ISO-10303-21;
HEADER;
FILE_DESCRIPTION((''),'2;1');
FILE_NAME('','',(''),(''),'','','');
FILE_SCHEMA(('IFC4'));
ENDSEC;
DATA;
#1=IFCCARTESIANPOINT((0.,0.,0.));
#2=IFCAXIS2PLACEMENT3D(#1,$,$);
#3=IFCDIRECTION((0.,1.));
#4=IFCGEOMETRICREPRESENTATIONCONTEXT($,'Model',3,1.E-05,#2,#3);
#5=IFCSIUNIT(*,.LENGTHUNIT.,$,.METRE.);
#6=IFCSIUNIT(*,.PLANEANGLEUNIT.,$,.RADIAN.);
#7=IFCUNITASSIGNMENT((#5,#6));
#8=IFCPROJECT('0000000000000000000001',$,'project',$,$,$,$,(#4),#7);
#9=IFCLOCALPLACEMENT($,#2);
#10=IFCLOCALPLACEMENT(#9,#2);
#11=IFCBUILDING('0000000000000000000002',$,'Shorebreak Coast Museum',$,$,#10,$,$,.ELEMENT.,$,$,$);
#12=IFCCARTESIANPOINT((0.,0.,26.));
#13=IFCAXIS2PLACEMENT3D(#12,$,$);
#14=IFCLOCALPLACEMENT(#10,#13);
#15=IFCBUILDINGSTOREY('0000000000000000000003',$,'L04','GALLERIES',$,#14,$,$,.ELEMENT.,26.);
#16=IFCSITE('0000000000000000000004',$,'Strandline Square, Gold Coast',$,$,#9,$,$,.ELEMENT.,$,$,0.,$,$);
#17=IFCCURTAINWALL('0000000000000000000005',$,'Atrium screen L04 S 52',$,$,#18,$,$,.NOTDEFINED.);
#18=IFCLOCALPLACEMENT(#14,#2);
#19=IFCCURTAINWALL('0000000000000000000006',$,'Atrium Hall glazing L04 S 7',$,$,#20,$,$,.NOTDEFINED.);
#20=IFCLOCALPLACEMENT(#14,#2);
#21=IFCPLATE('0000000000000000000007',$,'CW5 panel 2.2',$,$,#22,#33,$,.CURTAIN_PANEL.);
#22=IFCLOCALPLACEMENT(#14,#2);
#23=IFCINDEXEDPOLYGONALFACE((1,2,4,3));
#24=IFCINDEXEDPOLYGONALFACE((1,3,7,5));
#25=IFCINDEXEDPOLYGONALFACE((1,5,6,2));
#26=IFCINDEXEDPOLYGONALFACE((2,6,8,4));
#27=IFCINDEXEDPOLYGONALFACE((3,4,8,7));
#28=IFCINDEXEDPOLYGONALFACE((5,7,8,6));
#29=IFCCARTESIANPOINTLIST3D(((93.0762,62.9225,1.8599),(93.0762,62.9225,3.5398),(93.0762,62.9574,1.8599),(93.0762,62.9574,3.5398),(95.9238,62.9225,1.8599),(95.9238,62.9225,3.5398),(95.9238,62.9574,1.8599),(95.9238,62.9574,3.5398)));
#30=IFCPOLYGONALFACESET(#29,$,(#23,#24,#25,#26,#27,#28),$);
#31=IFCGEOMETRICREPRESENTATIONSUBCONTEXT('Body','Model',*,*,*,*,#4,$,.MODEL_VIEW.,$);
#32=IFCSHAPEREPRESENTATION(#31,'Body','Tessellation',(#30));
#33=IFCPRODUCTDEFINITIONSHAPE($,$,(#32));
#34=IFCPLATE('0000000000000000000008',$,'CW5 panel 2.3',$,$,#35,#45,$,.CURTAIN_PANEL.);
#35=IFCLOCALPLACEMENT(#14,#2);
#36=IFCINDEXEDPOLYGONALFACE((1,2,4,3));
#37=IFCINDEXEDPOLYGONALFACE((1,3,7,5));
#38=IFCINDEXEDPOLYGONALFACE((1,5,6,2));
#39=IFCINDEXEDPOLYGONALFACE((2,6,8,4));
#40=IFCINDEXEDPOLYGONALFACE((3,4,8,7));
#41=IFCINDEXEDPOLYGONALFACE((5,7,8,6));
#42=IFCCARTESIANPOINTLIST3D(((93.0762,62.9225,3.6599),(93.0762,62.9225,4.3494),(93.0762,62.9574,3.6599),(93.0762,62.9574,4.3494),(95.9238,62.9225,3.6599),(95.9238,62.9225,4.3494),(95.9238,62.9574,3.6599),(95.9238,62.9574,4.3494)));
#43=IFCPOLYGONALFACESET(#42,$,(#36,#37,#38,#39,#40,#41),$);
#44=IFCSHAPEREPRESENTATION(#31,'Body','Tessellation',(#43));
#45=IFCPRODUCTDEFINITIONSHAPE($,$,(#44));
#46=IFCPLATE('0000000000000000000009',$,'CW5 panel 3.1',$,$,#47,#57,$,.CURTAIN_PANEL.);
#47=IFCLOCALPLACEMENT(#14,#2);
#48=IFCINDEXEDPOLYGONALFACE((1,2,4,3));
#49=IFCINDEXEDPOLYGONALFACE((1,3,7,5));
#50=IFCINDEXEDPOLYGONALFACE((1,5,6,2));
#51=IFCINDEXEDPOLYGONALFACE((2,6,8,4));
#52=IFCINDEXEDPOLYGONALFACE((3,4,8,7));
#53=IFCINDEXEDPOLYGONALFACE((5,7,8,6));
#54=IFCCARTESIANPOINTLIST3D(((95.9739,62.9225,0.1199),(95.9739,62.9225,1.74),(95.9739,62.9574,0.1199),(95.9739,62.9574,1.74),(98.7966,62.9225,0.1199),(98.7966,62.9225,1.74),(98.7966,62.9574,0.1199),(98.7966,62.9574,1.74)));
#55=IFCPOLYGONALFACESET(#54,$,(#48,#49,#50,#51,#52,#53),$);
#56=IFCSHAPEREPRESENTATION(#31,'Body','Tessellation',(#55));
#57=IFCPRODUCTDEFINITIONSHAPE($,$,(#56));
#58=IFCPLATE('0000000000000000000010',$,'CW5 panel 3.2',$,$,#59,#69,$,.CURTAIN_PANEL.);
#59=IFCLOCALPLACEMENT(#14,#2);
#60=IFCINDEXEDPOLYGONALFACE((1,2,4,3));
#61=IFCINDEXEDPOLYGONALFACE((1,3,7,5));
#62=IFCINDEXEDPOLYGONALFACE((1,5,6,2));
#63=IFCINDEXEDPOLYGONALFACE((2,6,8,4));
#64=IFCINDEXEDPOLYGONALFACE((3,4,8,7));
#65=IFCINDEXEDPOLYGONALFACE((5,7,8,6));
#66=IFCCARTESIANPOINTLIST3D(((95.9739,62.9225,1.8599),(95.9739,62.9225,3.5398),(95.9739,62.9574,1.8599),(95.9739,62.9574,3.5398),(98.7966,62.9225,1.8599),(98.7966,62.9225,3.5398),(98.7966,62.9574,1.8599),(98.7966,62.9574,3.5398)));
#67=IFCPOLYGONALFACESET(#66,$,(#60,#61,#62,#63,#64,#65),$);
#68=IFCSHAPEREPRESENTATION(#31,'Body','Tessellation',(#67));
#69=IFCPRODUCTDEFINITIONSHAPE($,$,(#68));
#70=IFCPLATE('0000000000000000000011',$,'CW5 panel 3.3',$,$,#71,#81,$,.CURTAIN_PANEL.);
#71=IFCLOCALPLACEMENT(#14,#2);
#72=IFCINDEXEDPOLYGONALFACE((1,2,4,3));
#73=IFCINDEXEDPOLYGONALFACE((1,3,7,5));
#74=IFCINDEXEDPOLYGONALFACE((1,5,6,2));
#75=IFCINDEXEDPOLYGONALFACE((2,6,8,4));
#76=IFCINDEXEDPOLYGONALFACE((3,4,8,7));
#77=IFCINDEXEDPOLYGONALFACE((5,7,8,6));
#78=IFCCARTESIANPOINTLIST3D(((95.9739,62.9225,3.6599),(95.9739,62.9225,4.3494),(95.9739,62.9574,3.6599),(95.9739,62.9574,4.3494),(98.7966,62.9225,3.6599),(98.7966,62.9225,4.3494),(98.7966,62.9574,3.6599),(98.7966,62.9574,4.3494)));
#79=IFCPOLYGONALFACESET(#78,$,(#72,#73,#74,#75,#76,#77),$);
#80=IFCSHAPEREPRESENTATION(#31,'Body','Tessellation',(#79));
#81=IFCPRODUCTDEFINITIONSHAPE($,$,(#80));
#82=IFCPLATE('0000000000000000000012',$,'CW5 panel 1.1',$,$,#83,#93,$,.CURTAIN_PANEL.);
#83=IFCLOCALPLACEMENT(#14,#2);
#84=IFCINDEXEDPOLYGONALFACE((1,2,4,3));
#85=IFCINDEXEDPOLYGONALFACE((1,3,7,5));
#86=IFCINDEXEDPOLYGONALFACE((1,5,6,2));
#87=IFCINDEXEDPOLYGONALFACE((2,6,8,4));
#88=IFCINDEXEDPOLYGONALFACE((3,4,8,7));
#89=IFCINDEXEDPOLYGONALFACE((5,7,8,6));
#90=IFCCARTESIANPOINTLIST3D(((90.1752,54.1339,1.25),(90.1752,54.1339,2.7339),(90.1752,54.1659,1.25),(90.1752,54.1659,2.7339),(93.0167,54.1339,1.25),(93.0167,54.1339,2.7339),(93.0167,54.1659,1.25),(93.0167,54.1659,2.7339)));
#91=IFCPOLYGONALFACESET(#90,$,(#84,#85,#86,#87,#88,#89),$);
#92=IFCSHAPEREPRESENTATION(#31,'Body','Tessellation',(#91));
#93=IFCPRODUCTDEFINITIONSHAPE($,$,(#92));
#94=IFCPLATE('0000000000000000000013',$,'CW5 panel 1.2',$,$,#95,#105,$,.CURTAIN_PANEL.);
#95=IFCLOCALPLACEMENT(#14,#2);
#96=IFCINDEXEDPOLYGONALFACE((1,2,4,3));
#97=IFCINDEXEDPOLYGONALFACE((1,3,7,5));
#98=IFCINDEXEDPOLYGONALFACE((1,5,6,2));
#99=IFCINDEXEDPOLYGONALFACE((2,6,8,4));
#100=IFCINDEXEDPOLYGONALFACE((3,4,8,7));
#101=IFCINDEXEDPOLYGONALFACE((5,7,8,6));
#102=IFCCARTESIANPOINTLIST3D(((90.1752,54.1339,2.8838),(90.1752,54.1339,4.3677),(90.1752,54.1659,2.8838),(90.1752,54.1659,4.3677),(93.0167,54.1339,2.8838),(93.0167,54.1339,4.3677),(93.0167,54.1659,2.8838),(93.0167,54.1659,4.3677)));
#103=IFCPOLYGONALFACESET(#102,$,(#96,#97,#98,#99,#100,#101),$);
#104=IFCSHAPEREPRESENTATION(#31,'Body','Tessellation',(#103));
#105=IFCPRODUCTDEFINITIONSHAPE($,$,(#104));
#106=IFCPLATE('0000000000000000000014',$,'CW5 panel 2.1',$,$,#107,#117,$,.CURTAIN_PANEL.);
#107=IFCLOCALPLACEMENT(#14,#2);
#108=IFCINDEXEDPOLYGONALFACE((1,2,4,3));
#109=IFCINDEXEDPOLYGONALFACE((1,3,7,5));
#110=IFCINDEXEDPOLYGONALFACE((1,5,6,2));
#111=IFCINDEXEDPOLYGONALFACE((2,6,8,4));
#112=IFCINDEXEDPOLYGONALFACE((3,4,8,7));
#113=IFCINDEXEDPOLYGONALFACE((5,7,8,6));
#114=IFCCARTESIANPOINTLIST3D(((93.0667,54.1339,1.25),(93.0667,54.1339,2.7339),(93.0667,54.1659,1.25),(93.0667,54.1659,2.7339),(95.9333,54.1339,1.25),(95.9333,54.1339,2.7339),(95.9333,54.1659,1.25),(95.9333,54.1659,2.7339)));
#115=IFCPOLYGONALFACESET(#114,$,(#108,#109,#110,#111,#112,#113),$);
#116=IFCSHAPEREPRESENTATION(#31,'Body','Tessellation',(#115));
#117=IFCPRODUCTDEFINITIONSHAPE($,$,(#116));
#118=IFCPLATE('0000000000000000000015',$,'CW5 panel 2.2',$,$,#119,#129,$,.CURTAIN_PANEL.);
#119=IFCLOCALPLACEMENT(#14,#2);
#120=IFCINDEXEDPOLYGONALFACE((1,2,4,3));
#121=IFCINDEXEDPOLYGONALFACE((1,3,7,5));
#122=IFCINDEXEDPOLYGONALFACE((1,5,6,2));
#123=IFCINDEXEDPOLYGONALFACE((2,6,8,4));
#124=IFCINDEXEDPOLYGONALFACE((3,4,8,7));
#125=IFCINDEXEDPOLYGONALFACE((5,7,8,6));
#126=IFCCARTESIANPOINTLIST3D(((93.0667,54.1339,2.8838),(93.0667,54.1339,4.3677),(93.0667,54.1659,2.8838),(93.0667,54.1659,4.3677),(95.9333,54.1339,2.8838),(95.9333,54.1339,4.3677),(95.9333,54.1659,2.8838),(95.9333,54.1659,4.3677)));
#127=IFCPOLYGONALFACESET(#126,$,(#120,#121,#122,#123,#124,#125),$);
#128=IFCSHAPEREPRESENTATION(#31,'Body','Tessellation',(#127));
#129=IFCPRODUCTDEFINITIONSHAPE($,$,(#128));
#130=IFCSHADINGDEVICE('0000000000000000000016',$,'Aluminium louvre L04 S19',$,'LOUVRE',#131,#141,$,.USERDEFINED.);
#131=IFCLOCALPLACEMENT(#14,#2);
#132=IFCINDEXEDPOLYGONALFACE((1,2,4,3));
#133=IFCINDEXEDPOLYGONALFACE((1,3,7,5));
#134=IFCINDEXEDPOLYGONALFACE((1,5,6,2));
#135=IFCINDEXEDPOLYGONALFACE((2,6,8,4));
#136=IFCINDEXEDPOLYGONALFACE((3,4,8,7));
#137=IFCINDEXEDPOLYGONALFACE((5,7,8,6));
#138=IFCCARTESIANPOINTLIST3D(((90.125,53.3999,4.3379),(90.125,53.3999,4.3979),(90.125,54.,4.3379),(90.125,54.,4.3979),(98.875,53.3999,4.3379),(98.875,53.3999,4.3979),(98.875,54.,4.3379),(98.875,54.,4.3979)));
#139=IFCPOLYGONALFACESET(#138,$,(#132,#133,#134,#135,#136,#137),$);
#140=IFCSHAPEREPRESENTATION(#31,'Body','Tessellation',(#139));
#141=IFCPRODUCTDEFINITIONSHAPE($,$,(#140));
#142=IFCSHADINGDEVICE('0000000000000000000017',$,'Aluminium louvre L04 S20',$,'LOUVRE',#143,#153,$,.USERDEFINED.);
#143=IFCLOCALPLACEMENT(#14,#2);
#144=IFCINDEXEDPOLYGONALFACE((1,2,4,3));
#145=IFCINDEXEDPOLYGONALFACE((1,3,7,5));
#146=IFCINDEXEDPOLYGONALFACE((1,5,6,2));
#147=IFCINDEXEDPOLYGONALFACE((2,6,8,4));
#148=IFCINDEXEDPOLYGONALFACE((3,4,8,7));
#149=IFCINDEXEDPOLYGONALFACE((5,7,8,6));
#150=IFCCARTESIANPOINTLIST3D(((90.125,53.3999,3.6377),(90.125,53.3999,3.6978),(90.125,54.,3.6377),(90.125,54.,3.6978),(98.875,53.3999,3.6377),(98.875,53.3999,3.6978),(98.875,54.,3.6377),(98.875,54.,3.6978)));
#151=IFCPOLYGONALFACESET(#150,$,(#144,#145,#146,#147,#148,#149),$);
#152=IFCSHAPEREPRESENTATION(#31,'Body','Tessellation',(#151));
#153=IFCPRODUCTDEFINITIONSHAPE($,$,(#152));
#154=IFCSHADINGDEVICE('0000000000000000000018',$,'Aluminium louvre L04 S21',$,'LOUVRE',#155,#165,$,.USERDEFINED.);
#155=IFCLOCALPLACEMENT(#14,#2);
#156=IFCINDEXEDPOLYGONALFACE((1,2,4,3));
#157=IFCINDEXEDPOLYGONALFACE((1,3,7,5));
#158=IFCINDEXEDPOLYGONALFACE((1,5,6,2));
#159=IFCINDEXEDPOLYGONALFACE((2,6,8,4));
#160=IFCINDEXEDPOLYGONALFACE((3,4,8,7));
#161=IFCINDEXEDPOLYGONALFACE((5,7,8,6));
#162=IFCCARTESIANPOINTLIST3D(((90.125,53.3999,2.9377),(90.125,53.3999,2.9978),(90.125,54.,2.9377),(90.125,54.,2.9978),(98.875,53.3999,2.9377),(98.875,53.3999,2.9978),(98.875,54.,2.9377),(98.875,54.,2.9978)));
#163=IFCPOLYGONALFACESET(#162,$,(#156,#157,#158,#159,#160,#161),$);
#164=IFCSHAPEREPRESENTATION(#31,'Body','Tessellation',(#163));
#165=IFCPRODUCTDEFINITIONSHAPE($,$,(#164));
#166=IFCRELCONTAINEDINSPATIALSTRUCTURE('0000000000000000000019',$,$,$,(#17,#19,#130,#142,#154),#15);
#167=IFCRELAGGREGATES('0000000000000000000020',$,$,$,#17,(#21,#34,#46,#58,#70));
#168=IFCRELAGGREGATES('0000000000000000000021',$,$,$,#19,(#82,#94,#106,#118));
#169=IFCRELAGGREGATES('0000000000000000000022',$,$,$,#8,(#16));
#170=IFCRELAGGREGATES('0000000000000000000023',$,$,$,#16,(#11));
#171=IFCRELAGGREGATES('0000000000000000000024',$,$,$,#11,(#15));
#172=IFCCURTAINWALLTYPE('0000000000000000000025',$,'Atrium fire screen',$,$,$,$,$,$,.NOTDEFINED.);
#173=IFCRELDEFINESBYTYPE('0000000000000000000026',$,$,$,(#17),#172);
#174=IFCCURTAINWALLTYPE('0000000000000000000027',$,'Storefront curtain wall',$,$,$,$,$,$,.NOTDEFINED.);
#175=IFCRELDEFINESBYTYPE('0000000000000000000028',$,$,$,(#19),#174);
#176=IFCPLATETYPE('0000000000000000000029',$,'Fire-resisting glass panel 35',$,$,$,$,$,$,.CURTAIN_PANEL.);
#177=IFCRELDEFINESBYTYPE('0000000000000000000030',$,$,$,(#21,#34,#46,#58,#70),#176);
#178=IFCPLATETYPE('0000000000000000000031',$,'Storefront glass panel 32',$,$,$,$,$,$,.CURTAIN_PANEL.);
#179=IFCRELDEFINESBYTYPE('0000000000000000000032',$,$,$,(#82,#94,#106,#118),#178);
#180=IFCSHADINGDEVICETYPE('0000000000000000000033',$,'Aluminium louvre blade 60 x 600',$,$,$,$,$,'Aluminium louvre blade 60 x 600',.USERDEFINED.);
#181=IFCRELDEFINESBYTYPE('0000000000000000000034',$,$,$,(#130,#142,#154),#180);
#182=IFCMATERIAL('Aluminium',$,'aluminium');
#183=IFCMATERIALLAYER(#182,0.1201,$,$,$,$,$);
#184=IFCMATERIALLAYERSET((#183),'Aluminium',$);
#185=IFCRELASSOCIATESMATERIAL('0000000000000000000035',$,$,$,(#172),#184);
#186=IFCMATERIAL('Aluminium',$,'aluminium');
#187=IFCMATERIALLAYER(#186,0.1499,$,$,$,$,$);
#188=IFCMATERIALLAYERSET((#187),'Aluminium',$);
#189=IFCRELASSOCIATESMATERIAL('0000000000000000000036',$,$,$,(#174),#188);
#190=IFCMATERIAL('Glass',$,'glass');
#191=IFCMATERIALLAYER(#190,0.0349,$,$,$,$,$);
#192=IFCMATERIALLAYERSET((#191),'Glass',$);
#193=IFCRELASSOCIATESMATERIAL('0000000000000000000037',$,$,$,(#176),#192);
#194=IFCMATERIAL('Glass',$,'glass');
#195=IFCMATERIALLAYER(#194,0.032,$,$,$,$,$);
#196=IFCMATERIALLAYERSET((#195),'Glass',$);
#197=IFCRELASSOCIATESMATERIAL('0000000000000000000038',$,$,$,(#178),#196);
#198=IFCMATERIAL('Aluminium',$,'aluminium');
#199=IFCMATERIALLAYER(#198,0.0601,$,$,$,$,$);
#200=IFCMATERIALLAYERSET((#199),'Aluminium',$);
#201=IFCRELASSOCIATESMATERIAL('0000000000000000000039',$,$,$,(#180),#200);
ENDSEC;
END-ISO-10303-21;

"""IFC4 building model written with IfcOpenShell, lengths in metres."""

from ifc_helpers import new_model, si_unit, direction, frame, origin, origin_2d, place, context, subcontext, project, spatial, rectangle, extrude, material, layer, layer_set, type_object, element, aggregate, save


model = new_model("IFC4")

# Units and contexts
model_context = context("Model", 3, precision=1e-05, world=origin(), true_north=direction((0.0, 1.0)))
body_context = subcontext(model_context, "Body", "Model", "MODEL_VIEW")
ifc_project = project(units=[si_unit("LENGTHUNIT", "METRE"), si_unit("PLANEANGLEUNIT", "RADIAN")], contexts=[model_context])

# Site, building, storey
site_placement = place(None, origin())
site = spatial("IfcSite", under=ifc_project, at=site_placement, Name="Strandline Square, Gold Coast", CompositionType="ELEMENT", RefElevation=0.0)
building_placement = place(site_placement, origin())
building = spatial("IfcBuilding", under=site, at=building_placement, Name="Shorebreak Coast Museum", CompositionType="ELEMENT")
storey_placement = place(building_placement, frame((0.0, 0.0, 26.0)))
storey = spatial("IfcBuildingStorey", under=building, at=storey_placement, Name="L04", Description="GALLERIES", CompositionType="ELEMENT", Elevation=26.0)

# Curtain walls
ifc_material_1 = material(Name="Aluminium", Category="aluminium")
ifc_layer_1 = layer(ifc_material_1, 0.1201)
ifc_layer_set_1 = layer_set([ifc_layer_1], Name="Aluminium")
curtain_wall_type_1 = type_object("IfcCurtainWallType", Name="Atrium fire screen", PredefinedType="NOTDEFINED", material=ifc_layer_set_1)
curtain_wall_1_placement = place(storey_placement, origin())
curtain_wall_1 = element("IfcCurtainWall", 1, at=curtain_wall_1_placement, inside=storey, type_object=curtain_wall_type_1, Name="Atrium screen L04 S 52", PredefinedType="NOTDEFINED")
ifc_material_2 = material(Name="Aluminium", Category="aluminium")
ifc_layer_2 = layer(ifc_material_2, 0.1499)
ifc_layer_set_2 = layer_set([ifc_layer_2], Name="Aluminium")
curtain_wall_type_2 = type_object("IfcCurtainWallType", Name="Storefront curtain wall", PredefinedType="NOTDEFINED", material=ifc_layer_set_2)
curtain_wall_2_placement = place(storey_placement, origin())
curtain_wall_2 = element("IfcCurtainWall", 2, at=curtain_wall_2_placement, inside=storey, type_object=curtain_wall_type_2, Name="Atrium Hall glazing L04 S 7", PredefinedType="NOTDEFINED")

# Plates
ifc_material_3 = material(Name="Glass", Category="glass")
ifc_layer_3 = layer(ifc_material_3, 0.0349)
ifc_layer_set_3 = layer_set([ifc_layer_3], Name="Glass")
plate_type_1 = type_object("IfcPlateType", Name="Fire-resisting glass panel 35", PredefinedType="CURTAIN_PANEL", material=ifc_layer_set_3)
plate_1_placement = place(storey_placement, frame((94.5, 62.9399, 1.8599), z_axis=(0.0, 0.0, 1.0), x_axis=(1.0, 0.0, 0.0)))
plate_1 = element("IfcPlate", 3, at=plate_1_placement, type_object=plate_type_1, Name="CW5 panel 2.2", PredefinedType="CURTAIN_PANEL", context=body_context, shape_type="SweptSolid", body=[
    extrude(rectangle(XDim=2.8477, YDim=0.0349, at=origin_2d()), origin(), (0.0, 0.0, 1.0), 1.6799),
])
plate_2_placement = place(storey_placement, frame((94.5, 62.9399, 3.6599), z_axis=(0.0, 0.0, 1.0), x_axis=(1.0, 0.0, 0.0)))
plate_2 = element("IfcPlate", 4, at=plate_2_placement, type_object=plate_type_1, Name="CW5 panel 2.3", PredefinedType="CURTAIN_PANEL", context=body_context, shape_type="SweptSolid", body=[
    extrude(rectangle(XDim=2.8477, YDim=0.0349, at=origin_2d()), origin(), (0.0, 0.0, 1.0), 0.6895),
])
plate_3_placement = place(storey_placement, frame((97.3853, 62.9399, 0.1199), z_axis=(0.0, 0.0, 1.0), x_axis=(1.0, 0.0, 0.0)))
plate_3 = element("IfcPlate", 5, at=plate_3_placement, type_object=plate_type_1, Name="CW5 panel 3.1", PredefinedType="CURTAIN_PANEL", context=body_context, shape_type="SweptSolid", body=[
    extrude(rectangle(XDim=2.8228, YDim=0.0349, at=origin_2d()), origin(), (0.0, 0.0, 1.0), 1.6201),
])
plate_4_placement = place(storey_placement, frame((97.3853, 62.9399, 1.8599), z_axis=(0.0, 0.0, 1.0), x_axis=(1.0, 0.0, 0.0)))
plate_4 = element("IfcPlate", 6, at=plate_4_placement, type_object=plate_type_1, Name="CW5 panel 3.2", PredefinedType="CURTAIN_PANEL", context=body_context, shape_type="SweptSolid", body=[
    extrude(rectangle(XDim=2.8228, YDim=0.0349, at=origin_2d()), origin(), (0.0, 0.0, 1.0), 1.6799),
])
plate_5_placement = place(storey_placement, frame((97.3853, 62.9399, 3.6599), z_axis=(0.0, 0.0, 1.0), x_axis=(1.0, 0.0, 0.0)))
plate_5 = element("IfcPlate", 7, at=plate_5_placement, type_object=plate_type_1, Name="CW5 panel 3.3", PredefinedType="CURTAIN_PANEL", context=body_context, shape_type="SweptSolid", body=[
    extrude(rectangle(XDim=2.8228, YDim=0.0349, at=origin_2d()), origin(), (0.0, 0.0, 1.0), 0.6895),
])
aggregate(curtain_wall_1, [plate_1, plate_2, plate_3, plate_4, plate_5])
ifc_material_4 = material(Name="Glass", Category="glass")
ifc_layer_4 = layer(ifc_material_4, 0.032)
ifc_layer_set_4 = layer_set([ifc_layer_4], Name="Glass")
plate_type_2 = type_object("IfcPlateType", Name="Storefront glass panel 32", PredefinedType="CURTAIN_PANEL", material=ifc_layer_set_4)
plate_6_placement = place(storey_placement, frame((91.5959, 54.1499, 1.25), z_axis=(0.0, 0.0, 1.0), x_axis=(1.0, 0.0, 0.0)))
plate_6 = element("IfcPlate", 8, at=plate_6_placement, type_object=plate_type_2, Name="CW5 panel 1.1", PredefinedType="CURTAIN_PANEL", context=body_context, shape_type="SweptSolid", body=[
    extrude(rectangle(XDim=2.8416, YDim=0.032, at=origin_2d()), origin(), (0.0, 0.0, 1.0), 1.4839),
])
plate_7_placement = place(storey_placement, frame((91.5959, 54.1499, 2.8838), z_axis=(0.0, 0.0, 1.0), x_axis=(1.0, 0.0, 0.0)))
plate_7 = element("IfcPlate", 9, at=plate_7_placement, type_object=plate_type_2, Name="CW5 panel 1.2", PredefinedType="CURTAIN_PANEL", context=body_context, shape_type="SweptSolid", body=[
    extrude(rectangle(XDim=2.8416, YDim=0.032, at=origin_2d()), origin(), (0.0, 0.0, 1.0), 1.4839),
])
plate_8_placement = place(storey_placement, frame((94.5, 54.1499, 1.25), z_axis=(0.0, 0.0, 1.0), x_axis=(1.0, 0.0, 0.0)))
plate_8 = element("IfcPlate", 10, at=plate_8_placement, type_object=plate_type_2, Name="CW5 panel 2.1", PredefinedType="CURTAIN_PANEL", context=body_context, shape_type="SweptSolid", body=[
    extrude(rectangle(XDim=2.8667, YDim=0.032, at=origin_2d()), origin(), (0.0, 0.0, 1.0), 1.4839),
])
plate_9_placement = place(storey_placement, frame((94.5, 54.1499, 2.8838), z_axis=(0.0, 0.0, 1.0), x_axis=(1.0, 0.0, 0.0)))
plate_9 = element("IfcPlate", 11, at=plate_9_placement, type_object=plate_type_2, Name="CW5 panel 2.2", PredefinedType="CURTAIN_PANEL", context=body_context, shape_type="SweptSolid", body=[
    extrude(rectangle(XDim=2.8667, YDim=0.032, at=origin_2d()), origin(), (0.0, 0.0, 1.0), 1.4839),
])
aggregate(curtain_wall_2, [plate_6, plate_7, plate_8, plate_9])

# Shading devices
ifc_material_5 = material(Name="Aluminium", Category="aluminium")
ifc_layer_5 = layer(ifc_material_5, 0.0601)
ifc_layer_set_5 = layer_set([ifc_layer_5], Name="Aluminium")
shading_device_type = type_object("IfcShadingDeviceType", Name="Aluminium louvre blade 60 x 600", ElementType="Aluminium louvre blade 60 x 600", PredefinedType="USERDEFINED", material=ifc_layer_set_5)
for number, where, z_axis, x_axis, name in (
    (12, (94.5, 53.7, 4.3379), (0.0, 0.0, 1.0), (1.0, 0.0, 0.0), "Aluminium louvre L04 S19"),
    (13, (94.5, 53.7, 3.6377), (0.0, 0.0, 1.0), (1.0, 0.0, 0.0), "Aluminium louvre L04 S20"),
    (14, (94.5, 53.7, 2.9377), (0.0, 0.0, 1.0), (1.0, 0.0, 0.0), "Aluminium louvre L04 S21"),
):
    element("IfcShadingDevice", number, at=place(storey_placement, frame(where, z_axis=z_axis, x_axis=x_axis)), inside=storey, type_object=shading_device_type, Name=name, ObjectType="LOUVRE", PredefinedType="USERDEFINED", context=body_context, shape_type="SweptSolid", body=[
        extrude(rectangle(XDim=8.75, YDim=0.6001, at=origin_2d()), origin(), (0.0, 0.0, 1.0), 0.0601),
    ])

save(model, "model.ifc")
